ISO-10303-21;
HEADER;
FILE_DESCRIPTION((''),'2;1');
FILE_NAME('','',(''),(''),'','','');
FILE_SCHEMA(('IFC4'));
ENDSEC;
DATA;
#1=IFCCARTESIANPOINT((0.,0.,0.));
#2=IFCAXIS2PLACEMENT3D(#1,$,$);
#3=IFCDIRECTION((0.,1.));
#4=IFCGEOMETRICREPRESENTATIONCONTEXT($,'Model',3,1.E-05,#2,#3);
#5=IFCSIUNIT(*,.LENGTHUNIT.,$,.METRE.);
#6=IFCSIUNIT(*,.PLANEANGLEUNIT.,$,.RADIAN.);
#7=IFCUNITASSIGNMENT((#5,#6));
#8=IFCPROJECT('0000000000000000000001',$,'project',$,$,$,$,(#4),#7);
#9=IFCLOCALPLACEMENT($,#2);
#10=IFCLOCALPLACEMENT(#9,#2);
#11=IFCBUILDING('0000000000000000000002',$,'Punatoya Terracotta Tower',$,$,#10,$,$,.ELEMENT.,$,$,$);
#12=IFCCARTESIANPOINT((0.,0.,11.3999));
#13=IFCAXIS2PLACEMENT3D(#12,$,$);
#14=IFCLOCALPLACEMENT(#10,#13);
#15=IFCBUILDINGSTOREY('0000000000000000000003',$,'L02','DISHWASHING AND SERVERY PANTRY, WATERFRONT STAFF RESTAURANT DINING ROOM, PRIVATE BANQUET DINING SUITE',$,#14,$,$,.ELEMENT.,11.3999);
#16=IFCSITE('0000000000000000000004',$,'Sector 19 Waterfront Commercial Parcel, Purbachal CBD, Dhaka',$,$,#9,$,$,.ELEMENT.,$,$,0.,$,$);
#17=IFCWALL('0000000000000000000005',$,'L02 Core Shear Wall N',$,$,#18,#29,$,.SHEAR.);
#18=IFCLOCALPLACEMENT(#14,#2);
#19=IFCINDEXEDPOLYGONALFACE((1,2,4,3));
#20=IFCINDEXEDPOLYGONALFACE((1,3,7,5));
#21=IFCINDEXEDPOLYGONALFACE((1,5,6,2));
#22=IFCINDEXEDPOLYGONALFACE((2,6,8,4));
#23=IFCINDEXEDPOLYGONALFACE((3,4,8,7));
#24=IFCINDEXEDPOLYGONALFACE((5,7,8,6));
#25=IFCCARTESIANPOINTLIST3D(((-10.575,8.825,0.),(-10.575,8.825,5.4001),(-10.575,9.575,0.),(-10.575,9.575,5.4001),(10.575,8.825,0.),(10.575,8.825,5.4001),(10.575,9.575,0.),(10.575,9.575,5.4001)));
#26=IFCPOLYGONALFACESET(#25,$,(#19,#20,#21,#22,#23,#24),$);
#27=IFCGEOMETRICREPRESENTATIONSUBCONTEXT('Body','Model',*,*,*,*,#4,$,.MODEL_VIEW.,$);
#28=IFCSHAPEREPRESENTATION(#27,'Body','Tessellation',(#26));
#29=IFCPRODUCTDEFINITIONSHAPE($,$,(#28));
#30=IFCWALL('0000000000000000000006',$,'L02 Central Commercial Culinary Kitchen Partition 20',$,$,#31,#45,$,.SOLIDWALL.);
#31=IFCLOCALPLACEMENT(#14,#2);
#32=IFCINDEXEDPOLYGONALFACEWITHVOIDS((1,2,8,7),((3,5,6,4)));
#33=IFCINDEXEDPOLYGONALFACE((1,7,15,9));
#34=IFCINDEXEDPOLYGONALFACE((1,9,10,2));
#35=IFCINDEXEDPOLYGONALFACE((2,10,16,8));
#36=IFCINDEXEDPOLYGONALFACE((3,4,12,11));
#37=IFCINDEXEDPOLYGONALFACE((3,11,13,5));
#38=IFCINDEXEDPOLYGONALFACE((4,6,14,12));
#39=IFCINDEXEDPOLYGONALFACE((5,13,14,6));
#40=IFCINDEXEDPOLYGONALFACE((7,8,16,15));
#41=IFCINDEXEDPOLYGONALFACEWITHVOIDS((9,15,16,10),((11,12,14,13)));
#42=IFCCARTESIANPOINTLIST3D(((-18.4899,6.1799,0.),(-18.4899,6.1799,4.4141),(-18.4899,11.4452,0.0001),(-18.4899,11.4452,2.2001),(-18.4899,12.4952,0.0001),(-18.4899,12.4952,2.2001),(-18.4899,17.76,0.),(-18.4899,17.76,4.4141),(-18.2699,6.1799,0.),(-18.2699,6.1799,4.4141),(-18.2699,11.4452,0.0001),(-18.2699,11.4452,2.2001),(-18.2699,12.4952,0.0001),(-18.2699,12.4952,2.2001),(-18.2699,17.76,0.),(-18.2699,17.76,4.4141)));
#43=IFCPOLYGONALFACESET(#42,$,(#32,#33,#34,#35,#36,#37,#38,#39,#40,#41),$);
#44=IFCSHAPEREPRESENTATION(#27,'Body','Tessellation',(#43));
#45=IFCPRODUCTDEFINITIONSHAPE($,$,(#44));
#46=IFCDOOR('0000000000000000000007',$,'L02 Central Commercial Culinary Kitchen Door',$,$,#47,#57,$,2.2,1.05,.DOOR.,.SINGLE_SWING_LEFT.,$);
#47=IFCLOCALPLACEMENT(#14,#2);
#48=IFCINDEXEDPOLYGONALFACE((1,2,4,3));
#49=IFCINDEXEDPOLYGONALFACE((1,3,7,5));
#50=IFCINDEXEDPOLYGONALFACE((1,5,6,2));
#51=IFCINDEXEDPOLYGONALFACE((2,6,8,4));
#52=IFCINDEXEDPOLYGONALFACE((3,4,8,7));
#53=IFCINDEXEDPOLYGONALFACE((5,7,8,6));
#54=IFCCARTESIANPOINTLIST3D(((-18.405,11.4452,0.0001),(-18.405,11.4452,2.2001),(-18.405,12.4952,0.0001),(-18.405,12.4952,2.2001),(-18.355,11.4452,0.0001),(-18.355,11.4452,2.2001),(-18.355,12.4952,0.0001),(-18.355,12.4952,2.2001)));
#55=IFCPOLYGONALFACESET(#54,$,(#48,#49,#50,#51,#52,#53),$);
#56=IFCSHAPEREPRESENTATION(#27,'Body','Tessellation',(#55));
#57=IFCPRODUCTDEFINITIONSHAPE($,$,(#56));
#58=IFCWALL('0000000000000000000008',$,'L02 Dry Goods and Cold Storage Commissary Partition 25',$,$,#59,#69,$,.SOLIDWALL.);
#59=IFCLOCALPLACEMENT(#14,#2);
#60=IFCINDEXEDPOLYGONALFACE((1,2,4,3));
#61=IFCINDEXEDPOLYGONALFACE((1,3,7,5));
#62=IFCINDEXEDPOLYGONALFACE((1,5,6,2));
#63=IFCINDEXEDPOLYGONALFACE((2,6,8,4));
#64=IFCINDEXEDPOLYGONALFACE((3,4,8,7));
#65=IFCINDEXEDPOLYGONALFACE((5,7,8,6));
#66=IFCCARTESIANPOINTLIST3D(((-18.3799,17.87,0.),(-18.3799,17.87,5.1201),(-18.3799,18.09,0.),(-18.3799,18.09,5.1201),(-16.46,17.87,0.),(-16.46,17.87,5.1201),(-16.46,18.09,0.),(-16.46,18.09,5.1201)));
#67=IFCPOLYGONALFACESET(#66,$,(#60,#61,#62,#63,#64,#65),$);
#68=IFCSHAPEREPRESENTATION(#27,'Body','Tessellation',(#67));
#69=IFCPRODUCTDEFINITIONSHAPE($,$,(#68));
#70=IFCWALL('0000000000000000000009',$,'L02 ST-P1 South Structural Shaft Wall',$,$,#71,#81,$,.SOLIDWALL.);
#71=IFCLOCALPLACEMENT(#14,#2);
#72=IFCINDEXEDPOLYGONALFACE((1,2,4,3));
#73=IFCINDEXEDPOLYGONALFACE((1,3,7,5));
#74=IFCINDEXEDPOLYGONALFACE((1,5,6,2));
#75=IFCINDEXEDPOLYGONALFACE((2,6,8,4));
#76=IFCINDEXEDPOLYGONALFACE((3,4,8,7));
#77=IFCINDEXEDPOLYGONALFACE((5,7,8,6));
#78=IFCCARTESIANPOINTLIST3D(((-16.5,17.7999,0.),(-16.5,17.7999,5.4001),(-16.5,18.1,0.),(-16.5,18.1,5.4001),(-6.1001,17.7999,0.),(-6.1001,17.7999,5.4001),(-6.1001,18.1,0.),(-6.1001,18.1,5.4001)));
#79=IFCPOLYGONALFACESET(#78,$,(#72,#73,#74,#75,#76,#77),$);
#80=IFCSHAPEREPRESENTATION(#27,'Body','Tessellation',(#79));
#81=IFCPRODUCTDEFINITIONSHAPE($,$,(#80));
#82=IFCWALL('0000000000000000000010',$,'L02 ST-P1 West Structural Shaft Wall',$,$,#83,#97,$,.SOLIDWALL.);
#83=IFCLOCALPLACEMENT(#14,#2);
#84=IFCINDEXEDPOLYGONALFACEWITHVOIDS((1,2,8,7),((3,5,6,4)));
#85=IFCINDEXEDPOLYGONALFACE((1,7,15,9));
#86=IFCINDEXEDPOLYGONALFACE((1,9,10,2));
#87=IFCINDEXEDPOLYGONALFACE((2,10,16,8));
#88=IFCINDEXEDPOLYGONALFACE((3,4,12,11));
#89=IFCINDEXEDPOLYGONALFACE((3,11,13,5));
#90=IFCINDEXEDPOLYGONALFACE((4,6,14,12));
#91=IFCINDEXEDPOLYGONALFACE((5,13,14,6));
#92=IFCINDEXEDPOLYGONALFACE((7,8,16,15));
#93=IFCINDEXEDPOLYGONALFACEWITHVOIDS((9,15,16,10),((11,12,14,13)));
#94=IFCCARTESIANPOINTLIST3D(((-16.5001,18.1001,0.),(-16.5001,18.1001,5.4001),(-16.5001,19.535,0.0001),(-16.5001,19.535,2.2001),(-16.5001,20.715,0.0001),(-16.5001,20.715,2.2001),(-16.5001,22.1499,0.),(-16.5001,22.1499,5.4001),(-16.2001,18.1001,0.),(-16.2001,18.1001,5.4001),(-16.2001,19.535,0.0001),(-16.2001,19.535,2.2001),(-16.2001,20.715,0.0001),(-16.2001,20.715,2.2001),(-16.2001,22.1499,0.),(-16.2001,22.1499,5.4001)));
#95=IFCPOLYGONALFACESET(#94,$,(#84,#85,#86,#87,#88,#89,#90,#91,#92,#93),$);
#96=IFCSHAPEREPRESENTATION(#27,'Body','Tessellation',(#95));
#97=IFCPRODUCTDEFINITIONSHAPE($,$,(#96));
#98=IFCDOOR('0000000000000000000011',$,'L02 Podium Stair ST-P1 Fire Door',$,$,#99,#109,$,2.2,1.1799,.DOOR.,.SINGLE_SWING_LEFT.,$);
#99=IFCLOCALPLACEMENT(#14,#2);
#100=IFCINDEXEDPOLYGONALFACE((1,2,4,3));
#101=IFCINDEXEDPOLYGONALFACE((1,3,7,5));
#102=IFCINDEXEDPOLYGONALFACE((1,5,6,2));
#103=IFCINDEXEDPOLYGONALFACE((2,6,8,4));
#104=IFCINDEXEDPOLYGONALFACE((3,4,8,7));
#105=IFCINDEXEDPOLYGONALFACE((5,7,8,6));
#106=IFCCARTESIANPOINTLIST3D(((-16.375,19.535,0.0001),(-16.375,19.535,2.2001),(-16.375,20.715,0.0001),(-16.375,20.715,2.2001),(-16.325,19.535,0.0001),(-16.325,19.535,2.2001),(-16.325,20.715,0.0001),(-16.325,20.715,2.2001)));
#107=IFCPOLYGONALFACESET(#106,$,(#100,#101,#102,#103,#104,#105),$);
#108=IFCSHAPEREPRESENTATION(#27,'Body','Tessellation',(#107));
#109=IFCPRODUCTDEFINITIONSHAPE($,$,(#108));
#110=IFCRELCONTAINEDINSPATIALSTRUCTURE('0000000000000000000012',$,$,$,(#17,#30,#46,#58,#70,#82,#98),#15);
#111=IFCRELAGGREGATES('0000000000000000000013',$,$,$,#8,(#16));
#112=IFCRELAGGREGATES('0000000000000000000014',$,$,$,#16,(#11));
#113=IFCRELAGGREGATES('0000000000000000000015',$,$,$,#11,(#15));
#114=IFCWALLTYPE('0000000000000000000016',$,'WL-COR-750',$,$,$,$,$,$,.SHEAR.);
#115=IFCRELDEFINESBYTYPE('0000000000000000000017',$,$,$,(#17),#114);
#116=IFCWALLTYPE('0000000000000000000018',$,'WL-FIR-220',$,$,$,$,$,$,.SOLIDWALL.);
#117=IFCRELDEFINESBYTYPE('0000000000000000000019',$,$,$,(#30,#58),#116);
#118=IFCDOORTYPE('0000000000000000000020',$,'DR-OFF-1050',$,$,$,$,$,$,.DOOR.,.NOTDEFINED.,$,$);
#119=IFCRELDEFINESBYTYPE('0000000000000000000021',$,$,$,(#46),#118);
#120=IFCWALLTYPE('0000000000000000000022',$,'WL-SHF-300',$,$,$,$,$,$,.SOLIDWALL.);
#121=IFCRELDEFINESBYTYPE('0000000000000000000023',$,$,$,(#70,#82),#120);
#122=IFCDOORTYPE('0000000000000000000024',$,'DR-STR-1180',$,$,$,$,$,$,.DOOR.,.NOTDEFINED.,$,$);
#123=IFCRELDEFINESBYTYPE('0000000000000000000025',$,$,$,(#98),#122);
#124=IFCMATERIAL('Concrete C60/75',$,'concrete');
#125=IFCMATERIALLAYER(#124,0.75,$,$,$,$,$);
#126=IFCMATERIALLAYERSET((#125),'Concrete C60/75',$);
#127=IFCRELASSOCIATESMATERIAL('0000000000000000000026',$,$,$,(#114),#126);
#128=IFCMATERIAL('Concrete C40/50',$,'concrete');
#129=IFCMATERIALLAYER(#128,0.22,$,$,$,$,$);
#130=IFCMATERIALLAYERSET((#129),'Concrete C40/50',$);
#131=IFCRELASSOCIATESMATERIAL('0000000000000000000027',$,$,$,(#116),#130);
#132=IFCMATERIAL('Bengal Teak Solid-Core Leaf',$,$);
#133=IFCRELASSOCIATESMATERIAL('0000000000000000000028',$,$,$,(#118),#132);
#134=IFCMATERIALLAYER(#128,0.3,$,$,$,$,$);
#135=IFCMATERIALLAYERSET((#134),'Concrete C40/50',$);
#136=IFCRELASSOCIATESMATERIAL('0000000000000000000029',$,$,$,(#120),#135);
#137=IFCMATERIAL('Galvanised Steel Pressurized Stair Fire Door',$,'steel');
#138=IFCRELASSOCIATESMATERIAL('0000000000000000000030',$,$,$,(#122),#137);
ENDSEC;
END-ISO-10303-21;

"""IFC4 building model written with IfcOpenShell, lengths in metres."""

from ifc_helpers import new_model, si_unit, direction, frame, frame_2d, origin, place, context, subcontext, project, spatial, rectangle, extrude, material, layer, layer_set, type_object, element, fill, save


model = new_model("IFC4")

# Units and contexts
model_context = context("Model", 3, precision=1e-05, world=origin(), true_north=direction((0.0, 1.0)))
body_context = subcontext(model_context, "Body", "Model", "MODEL_VIEW")
ifc_project = project(units=[si_unit("LENGTHUNIT", "METRE"), si_unit("PLANEANGLEUNIT", "RADIAN")], contexts=[model_context])

# Site, building, storey
site_placement = place(None, origin())
site = spatial("IfcSite", under=ifc_project, at=site_placement, Name="Sector 19 Waterfront Commercial Parcel, Purbachal CBD, Dhaka", CompositionType="ELEMENT", RefElevation=0.0)
building_placement = place(site_placement, origin())
building = spatial("IfcBuilding", under=site, at=building_placement, Name="Punatoya Terracotta Tower", CompositionType="ELEMENT")
storey_placement = place(building_placement, frame((0.0, 0.0, 11.3999)))
storey = spatial("IfcBuildingStorey", under=building, at=storey_placement, Name="L02", Description="DISHWASHING AND SERVERY PANTRY, WATERFRONT STAFF RESTAURANT DINING ROOM, PRIVATE BANQUET DINING SUITE", CompositionType="ELEMENT", Elevation=11.3999)

# Wall
ifc_material_1 = material(Name="Concrete C60/75", Category="concrete")
ifc_layer_1 = layer(ifc_material_1, 0.75)
ifc_layer_set_1 = layer_set([ifc_layer_1], Name="Concrete C60/75")
wall_type_1 = type_object("IfcWallType", Name="WL-COR-750", PredefinedType="SHEAR", material=ifc_layer_set_1)
wall_1_placement = place(storey_placement, frame((-10.575, 9.2, 0.0), z_axis=(0.0, 0.0, 1.0), x_axis=(1.0, 0.0, 0.0)))
element("IfcWall", 1, at=wall_1_placement, inside=storey, type_object=wall_type_1, Name="L02 Core Shear Wall N", PredefinedType="SHEAR", context=body_context, shape_type="SweptSolid", body=[
    extrude(rectangle(XDim=21.1499, YDim=0.75, at=frame_2d((10.575, 0.0))), origin(), (0.0, 0.0, 1.0), 5.4001),
])

# Wall, opening, door
ifc_material_2 = material(Name="Concrete C40/50", Category="concrete")
ifc_layer_2 = layer(ifc_material_2, 0.22)
ifc_layer_set_2 = layer_set([ifc_layer_2], Name="Concrete C40/50")
wall_type_2 = type_object("IfcWallType", Name="WL-FIR-220", PredefinedType="SOLIDWALL", material=ifc_layer_set_2)
wall_2_placement = place(storey_placement, frame((-18.3799, 17.76, 0.0), z_axis=(0.0, 0.0, 1.0), x_axis=(0.0, -1.0, 0.0)))
wall_2 = element("IfcWall", 2, at=wall_2_placement, inside=storey, type_object=wall_type_2, Name="L02 Central Commercial Culinary Kitchen Partition 20", PredefinedType="SOLIDWALL", context=body_context, shape_type="SweptSolid", body=[
    extrude(rectangle(XDim=11.5801, YDim=0.22, at=frame_2d((5.79, 0.0))), origin(), (0.0, 0.0, 1.0), 4.4141),
])
opening_1_placement = place(wall_2_placement, frame((5.2649, 0.0, 0.0)))
opening_1 = element("IfcOpeningElement", 3, at=opening_1_placement, cuts=wall_2, PredefinedType="OPENING", context=body_context, shape_type="SweptSolid", body=[
    extrude(rectangle(XDim=1.05, YDim=2.2, at=frame_2d((0.5249, 1.1001))), frame((0.0, 0.1199, 0.0), z_axis=(0.0, -1.0, 0.0), x_axis=(1.0, 0.0, 0.0)), (0.0, 0.0, 1.0), 0.24),
])
ifc_material_3 = material(Name="Bengal Teak Solid-Core Leaf")
door_type_1 = type_object("IfcDoorType", Name="DR-OFF-1050", OperationType="NOTDEFINED", PredefinedType="DOOR", material=ifc_material_3)
door_1_placement = place(opening_1_placement, origin())
door_1 = element("IfcDoor", 4, at=door_1_placement, inside=storey, type_object=door_type_1, Name="L02 Central Commercial Culinary Kitchen Door", OperationType="SINGLE_SWING_LEFT", OverallHeight=2.2, OverallWidth=1.05, PredefinedType="DOOR", context=body_context, shape_type="SweptSolid", body=[
    extrude(rectangle(XDim=1.05, YDim=2.2, at=frame_2d((0.5249, 1.1001))), frame((0.0, 0.0249, 0.0), z_axis=(0.0, -1.0, 0.0), x_axis=(1.0, 0.0, 0.0)), (0.0, 0.0, 1.0), 0.05),
])
fill(opening_1, door_1)

# Walls
wall_3_placement = place(storey_placement, frame((-16.46, 17.98, 0.0), z_axis=(0.0, 0.0, 1.0), x_axis=(-1.0, 0.0, 0.0)))
element("IfcWall", 5, at=wall_3_placement, inside=storey, type_object=wall_type_2, Name="L02 Dry Goods and Cold Storage Commissary Partition 25", PredefinedType="SOLIDWALL", context=body_context, shape_type="SweptSolid", body=[
    extrude(rectangle(XDim=1.9199, YDim=0.22, at=frame_2d((0.96, 0.0))), origin(), (0.0, 0.0, 1.0), 5.1201),
])
ifc_layer_3 = layer(ifc_material_2, 0.3)
ifc_layer_set_3 = layer_set([ifc_layer_3], Name="Concrete C40/50")
wall_type_3 = type_object("IfcWallType", Name="WL-SHF-300", PredefinedType="SOLIDWALL", material=ifc_layer_set_3)
wall_4_placement = place(storey_placement, frame((-16.5, 17.95, 0.0), z_axis=(0.0, 0.0, 1.0), x_axis=(1.0, 0.0, 0.0)))
element("IfcWall", 6, at=wall_4_placement, inside=storey, type_object=wall_type_3, Name="L02 ST-P1 South Structural Shaft Wall", PredefinedType="SOLIDWALL", context=body_context, shape_type="SweptSolid", body=[
    extrude(rectangle(XDim=10.3999, YDim=0.3, at=frame_2d((5.2, 0.0))), origin(), (0.0, 0.0, 1.0), 5.4001),
])

# Wall, opening, door
wall_5_placement = place(storey_placement, frame((-16.3501, 18.1001, 0.0), z_axis=(0.0, 0.0, 1.0), x_axis=(0.0, 1.0, 0.0)))
wall_5 = element("IfcWall", 7, at=wall_5_placement, inside=storey, type_object=wall_type_3, Name="L02 ST-P1 West Structural Shaft Wall", PredefinedType="SOLIDWALL", context=body_context, shape_type="SweptSolid", body=[
    extrude(rectangle(XDim=4.0498, YDim=0.3, at=frame_2d((2.0249, 0.0))), origin(), (0.0, 0.0, 1.0), 5.4001),
])
opening_2_placement = place(wall_5_placement, frame((1.4351, 0.0, 0.0)))
opening_2 = element("IfcOpeningElement", 8, at=opening_2_placement, cuts=wall_5, PredefinedType="OPENING", context=body_context, shape_type="SweptSolid", body=[
    extrude(rectangle(XDim=1.1799, YDim=2.2, at=frame_2d((0.5898, 1.1001))), frame((0.0, 0.1599, 0.0), z_axis=(0.0, -1.0, 0.0), x_axis=(1.0, 0.0, 0.0)), (0.0, 0.0, 1.0), 0.3201),
])
ifc_material_4 = material(Name="Galvanised Steel Pressurized Stair Fire Door", Category="steel")
door_type_2 = type_object("IfcDoorType", Name="DR-STR-1180", OperationType="NOTDEFINED", PredefinedType="DOOR", material=ifc_material_4)
door_2_placement = place(opening_2_placement, origin())
door_2 = element("IfcDoor", 9, at=door_2_placement, inside=storey, type_object=door_type_2, Name="L02 Podium Stair ST-P1 Fire Door", OperationType="SINGLE_SWING_LEFT", OverallHeight=2.2, OverallWidth=1.1799, PredefinedType="DOOR", context=body_context, shape_type="SweptSolid", body=[
    extrude(rectangle(XDim=1.1799, YDim=2.2, at=frame_2d((0.5898, 1.1001))), frame((0.0, 0.0249, 0.0), z_axis=(0.0, -1.0, 0.0), x_axis=(1.0, 0.0, 0.0)), (0.0, 0.0, 1.0), 0.05),
])
fill(opening_2, door_2)

save(model, "model.ifc")
